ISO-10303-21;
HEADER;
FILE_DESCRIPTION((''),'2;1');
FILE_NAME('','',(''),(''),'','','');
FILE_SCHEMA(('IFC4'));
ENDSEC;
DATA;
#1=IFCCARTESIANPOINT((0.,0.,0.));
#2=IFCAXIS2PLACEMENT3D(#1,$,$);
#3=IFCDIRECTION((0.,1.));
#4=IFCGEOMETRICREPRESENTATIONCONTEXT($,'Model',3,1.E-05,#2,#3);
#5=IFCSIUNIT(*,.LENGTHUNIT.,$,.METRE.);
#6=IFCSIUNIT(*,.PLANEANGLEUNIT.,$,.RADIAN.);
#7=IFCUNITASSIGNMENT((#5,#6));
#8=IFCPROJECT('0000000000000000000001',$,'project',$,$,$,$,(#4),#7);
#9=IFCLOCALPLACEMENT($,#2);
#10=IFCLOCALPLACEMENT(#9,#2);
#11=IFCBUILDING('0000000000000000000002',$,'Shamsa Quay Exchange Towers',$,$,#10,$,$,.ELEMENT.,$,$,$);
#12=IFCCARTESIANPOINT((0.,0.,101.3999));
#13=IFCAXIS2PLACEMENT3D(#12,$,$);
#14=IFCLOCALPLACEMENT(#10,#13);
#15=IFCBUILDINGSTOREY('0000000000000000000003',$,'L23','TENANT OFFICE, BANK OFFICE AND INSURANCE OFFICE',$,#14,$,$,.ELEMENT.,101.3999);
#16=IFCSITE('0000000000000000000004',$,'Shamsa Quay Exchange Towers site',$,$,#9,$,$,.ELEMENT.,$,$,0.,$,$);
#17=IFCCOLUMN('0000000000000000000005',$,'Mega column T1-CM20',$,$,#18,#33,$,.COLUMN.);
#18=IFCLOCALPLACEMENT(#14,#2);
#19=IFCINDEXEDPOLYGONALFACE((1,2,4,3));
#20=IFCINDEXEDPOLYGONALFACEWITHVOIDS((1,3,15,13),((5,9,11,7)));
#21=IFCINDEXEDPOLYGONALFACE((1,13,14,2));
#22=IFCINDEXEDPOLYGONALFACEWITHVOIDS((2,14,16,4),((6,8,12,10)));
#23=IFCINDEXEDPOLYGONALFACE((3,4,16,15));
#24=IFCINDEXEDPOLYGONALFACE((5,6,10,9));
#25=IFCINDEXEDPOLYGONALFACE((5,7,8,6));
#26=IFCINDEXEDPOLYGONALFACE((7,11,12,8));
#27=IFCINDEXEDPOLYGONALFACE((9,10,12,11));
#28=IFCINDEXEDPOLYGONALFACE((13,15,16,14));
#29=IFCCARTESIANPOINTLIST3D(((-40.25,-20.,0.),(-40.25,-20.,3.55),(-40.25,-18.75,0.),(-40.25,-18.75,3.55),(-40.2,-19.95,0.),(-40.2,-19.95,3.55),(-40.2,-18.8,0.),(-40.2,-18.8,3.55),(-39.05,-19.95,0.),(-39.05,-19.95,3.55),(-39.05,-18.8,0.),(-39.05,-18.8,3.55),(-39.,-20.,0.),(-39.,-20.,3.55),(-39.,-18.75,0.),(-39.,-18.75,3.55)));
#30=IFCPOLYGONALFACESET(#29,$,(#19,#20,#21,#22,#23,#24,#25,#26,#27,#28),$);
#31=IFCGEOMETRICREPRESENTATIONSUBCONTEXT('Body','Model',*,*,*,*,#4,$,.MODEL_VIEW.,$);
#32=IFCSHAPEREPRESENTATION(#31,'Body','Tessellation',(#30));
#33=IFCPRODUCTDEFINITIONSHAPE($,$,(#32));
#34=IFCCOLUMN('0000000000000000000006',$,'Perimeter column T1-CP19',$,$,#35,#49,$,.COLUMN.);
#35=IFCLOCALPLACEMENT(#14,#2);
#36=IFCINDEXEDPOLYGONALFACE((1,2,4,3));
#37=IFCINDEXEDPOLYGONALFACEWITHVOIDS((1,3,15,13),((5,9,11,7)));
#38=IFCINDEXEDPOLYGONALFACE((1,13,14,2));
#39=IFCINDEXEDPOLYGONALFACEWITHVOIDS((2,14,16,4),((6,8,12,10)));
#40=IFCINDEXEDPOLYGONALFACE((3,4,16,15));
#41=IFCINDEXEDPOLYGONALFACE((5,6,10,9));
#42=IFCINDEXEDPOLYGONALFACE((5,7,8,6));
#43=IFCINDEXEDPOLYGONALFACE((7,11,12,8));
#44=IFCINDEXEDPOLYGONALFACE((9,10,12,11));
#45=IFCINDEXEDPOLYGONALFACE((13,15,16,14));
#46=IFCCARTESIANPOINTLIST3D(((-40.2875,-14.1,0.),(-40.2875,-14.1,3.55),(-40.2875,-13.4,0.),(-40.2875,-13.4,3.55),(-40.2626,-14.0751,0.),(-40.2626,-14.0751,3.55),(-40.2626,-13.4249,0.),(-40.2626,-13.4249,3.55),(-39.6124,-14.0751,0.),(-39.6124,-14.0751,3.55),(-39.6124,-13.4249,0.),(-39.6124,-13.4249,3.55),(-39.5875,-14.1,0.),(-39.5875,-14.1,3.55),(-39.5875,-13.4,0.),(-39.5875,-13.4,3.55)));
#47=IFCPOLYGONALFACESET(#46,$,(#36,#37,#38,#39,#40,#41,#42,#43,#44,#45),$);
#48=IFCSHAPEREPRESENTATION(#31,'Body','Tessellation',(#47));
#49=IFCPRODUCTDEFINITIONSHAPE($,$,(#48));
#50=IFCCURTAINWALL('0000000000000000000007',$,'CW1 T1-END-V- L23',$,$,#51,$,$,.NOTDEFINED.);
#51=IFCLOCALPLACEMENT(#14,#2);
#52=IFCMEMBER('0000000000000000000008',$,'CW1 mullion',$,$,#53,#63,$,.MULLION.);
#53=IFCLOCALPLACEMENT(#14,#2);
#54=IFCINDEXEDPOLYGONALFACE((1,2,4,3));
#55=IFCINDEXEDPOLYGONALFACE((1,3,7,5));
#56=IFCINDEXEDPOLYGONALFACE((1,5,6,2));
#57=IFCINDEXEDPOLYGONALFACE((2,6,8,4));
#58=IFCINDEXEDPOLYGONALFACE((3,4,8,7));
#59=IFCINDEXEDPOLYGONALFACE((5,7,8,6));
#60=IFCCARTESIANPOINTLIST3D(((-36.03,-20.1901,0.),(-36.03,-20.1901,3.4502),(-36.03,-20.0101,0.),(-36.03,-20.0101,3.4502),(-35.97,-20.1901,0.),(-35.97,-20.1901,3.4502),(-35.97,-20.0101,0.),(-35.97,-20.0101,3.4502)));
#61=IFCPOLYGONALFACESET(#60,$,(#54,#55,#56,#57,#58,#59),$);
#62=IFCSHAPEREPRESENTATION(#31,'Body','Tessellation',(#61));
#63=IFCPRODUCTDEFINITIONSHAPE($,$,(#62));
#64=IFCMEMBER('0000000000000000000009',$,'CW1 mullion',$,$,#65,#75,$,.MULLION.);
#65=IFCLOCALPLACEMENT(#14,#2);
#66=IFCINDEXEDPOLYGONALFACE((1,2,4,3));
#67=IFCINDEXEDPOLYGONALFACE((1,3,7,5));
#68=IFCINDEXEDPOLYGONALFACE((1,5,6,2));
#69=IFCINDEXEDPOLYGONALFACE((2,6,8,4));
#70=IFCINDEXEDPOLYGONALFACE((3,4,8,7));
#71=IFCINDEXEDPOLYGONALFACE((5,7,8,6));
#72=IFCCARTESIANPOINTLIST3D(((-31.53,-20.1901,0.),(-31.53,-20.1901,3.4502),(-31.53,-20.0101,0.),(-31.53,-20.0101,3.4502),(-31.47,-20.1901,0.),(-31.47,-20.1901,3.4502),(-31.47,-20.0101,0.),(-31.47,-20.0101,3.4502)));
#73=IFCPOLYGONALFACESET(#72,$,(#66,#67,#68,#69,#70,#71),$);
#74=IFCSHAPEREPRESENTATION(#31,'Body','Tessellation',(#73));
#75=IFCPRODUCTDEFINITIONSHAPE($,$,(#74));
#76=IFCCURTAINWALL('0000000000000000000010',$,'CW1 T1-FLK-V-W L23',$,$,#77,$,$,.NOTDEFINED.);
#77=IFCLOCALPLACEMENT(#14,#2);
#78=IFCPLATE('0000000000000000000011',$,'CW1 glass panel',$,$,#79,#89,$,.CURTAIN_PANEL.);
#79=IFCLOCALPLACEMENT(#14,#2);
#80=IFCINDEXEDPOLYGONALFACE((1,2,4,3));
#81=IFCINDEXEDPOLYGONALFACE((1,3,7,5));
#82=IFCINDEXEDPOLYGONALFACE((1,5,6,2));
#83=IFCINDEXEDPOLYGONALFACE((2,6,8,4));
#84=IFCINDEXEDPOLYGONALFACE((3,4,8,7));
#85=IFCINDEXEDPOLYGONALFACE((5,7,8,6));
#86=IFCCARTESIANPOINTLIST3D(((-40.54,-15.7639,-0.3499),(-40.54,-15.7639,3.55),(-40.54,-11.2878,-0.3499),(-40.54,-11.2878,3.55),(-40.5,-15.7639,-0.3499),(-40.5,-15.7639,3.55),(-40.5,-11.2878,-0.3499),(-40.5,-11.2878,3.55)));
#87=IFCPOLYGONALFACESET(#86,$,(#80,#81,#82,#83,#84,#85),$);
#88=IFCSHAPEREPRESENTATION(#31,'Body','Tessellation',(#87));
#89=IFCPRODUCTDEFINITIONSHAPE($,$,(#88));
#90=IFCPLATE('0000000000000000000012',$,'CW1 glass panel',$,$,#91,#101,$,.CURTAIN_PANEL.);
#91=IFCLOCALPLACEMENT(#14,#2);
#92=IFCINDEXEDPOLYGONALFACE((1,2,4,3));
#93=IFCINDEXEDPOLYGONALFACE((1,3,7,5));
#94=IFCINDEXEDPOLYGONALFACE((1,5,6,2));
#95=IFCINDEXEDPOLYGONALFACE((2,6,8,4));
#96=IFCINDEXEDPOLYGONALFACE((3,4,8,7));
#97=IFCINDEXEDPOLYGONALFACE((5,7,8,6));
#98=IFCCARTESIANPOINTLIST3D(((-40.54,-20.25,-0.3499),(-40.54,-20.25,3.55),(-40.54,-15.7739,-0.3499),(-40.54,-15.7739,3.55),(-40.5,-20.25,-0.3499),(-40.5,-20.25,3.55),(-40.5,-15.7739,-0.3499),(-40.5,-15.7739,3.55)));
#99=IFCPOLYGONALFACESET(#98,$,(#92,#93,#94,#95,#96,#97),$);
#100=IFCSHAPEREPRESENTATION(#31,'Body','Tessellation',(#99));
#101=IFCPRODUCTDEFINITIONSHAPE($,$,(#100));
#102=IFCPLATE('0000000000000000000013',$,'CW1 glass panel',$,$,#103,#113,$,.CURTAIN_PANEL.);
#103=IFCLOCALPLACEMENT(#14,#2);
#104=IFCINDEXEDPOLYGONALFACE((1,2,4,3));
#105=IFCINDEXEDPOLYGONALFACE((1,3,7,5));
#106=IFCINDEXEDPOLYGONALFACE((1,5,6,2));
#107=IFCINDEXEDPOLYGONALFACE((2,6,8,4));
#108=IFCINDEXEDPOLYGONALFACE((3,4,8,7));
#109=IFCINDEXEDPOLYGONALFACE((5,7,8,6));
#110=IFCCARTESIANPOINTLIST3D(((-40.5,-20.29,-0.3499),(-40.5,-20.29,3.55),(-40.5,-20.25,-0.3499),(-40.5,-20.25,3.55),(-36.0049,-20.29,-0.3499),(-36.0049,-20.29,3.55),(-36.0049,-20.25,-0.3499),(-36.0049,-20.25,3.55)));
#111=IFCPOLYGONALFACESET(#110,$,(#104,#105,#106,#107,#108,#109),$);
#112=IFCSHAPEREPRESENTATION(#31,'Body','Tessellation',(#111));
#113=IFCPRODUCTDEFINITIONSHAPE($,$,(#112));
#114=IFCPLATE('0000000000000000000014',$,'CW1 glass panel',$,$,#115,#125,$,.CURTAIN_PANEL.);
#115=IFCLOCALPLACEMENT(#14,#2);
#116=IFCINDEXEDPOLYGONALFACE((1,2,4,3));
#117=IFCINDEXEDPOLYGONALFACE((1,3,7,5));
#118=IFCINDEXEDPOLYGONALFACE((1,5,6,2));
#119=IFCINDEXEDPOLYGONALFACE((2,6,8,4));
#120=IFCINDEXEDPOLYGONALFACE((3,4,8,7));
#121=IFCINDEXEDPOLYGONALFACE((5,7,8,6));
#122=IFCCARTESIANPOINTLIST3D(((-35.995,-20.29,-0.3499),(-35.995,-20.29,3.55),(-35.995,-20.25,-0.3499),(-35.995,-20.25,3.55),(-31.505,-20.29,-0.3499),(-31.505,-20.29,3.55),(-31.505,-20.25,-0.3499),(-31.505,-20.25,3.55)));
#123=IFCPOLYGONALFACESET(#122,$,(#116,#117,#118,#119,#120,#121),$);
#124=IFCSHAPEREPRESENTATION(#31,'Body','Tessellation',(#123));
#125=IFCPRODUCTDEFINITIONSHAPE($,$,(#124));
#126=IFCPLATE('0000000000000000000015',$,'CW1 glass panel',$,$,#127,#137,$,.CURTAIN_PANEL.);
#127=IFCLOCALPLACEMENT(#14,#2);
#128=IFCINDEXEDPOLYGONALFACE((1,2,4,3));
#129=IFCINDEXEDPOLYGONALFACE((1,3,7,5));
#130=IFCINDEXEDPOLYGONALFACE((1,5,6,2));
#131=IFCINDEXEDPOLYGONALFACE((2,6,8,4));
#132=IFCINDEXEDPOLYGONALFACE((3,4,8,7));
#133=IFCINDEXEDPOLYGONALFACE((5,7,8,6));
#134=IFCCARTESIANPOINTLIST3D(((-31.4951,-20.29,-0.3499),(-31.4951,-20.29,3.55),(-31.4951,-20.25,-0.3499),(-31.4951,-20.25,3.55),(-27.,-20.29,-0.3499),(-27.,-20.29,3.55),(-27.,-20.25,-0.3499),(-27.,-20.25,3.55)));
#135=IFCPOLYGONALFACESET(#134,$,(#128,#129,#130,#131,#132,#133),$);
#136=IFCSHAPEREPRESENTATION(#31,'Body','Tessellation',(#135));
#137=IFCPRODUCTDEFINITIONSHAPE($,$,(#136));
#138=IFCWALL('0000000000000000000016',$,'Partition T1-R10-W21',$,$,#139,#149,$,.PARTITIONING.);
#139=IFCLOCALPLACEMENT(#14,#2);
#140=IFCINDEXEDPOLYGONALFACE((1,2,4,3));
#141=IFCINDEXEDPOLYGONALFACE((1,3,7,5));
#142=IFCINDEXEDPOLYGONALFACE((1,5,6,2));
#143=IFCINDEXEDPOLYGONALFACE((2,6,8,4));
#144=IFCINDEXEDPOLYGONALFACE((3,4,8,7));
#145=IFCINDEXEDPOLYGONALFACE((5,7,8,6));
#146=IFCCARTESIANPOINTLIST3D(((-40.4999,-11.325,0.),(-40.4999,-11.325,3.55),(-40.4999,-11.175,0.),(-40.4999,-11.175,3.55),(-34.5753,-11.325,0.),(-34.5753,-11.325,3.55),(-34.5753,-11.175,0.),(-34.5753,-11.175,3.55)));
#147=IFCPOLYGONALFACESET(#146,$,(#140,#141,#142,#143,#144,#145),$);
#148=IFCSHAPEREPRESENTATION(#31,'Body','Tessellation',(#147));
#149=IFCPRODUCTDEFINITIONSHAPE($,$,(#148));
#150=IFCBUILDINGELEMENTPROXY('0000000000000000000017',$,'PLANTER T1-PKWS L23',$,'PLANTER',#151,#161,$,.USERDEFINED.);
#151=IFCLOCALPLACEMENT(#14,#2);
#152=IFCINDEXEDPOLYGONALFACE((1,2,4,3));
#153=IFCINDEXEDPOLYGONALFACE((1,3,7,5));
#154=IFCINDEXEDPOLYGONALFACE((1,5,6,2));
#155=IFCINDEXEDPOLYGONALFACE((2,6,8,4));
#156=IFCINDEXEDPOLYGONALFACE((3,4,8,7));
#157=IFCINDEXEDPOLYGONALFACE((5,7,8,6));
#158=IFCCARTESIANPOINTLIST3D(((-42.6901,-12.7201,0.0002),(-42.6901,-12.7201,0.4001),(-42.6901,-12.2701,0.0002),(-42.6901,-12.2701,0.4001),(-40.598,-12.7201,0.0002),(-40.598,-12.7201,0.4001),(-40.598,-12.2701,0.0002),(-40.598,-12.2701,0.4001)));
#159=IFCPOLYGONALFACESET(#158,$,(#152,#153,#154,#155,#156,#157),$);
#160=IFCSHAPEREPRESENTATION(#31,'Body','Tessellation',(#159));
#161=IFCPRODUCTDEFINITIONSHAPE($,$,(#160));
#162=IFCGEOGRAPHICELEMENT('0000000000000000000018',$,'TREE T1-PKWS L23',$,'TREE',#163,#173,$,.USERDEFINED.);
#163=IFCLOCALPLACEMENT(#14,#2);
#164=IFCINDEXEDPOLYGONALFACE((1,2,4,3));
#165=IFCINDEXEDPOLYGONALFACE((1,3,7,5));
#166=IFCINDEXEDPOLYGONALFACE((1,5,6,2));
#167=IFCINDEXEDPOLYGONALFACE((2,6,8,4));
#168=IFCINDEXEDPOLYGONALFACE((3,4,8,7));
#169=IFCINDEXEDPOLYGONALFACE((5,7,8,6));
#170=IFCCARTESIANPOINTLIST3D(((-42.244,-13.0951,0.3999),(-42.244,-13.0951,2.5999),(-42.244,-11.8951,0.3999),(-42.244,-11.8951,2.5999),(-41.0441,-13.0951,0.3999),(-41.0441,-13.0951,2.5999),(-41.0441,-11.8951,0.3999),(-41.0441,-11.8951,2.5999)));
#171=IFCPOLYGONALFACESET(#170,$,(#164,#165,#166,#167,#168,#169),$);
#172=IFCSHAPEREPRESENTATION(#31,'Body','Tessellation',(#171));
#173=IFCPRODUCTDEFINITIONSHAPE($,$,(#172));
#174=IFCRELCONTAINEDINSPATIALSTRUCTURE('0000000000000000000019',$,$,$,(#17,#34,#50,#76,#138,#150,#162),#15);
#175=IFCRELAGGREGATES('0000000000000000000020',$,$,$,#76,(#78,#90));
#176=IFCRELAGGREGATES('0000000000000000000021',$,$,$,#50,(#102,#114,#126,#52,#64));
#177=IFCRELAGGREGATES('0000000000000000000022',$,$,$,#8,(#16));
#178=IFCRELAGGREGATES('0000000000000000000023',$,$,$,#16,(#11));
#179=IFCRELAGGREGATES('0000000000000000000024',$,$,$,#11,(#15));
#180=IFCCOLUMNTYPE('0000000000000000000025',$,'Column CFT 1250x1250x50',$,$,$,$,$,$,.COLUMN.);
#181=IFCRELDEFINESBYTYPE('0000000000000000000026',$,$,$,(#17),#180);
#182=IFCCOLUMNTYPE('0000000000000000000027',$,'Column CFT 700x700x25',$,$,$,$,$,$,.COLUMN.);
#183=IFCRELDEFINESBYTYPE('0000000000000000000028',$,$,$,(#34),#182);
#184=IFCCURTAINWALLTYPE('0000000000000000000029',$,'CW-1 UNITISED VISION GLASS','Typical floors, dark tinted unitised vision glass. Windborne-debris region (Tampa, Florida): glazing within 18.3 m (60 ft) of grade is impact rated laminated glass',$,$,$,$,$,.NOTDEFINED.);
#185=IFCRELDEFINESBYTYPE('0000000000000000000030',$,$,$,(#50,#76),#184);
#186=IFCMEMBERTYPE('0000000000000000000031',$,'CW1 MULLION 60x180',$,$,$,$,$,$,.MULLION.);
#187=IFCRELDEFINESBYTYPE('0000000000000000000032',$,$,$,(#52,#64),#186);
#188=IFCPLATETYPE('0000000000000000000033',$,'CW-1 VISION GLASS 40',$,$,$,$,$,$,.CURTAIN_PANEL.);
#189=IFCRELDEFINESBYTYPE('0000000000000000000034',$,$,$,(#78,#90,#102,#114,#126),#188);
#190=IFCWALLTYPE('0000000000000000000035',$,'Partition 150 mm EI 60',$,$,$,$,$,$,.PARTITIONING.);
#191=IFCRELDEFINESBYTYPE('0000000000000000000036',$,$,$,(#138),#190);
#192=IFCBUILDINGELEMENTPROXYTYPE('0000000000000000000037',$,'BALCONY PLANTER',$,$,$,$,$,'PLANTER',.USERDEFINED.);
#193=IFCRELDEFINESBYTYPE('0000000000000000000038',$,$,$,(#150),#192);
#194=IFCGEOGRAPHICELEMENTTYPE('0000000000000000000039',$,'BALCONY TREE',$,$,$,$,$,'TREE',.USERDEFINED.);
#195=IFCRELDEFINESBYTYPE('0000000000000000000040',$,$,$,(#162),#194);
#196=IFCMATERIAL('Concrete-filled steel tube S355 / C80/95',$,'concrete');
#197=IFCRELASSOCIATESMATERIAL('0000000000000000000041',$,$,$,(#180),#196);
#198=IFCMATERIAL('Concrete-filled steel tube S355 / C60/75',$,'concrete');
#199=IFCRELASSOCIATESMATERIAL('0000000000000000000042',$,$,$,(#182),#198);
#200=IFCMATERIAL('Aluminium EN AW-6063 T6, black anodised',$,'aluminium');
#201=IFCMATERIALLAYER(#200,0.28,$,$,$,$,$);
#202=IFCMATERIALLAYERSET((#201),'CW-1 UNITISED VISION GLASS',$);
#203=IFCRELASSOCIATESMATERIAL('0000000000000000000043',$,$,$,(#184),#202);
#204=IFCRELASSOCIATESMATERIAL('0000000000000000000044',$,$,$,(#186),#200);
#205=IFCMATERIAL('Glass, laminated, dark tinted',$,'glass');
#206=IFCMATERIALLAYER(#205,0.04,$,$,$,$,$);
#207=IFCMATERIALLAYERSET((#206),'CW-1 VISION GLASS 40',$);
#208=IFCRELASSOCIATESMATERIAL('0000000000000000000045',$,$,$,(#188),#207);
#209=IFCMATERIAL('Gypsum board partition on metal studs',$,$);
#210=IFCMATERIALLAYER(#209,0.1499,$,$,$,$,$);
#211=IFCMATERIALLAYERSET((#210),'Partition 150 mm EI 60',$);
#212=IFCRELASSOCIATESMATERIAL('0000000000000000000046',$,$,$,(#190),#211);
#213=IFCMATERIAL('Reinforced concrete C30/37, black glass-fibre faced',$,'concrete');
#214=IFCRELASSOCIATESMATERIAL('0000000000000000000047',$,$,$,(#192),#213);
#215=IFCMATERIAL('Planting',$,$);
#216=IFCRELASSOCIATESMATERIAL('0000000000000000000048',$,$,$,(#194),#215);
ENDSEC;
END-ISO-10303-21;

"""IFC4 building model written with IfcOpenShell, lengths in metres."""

from ifc_helpers import new_model, si_unit, direction, frame, frame_2d, origin, origin_2d, place, context, subcontext, project, spatial, rectangle, hollow_rectangle, extrude, material, layer, layer_set, material_profile, profile_set, type_object, element, aggregate, save


model = new_model("IFC4")

# Units and contexts
model_context = context("Model", 3, precision=1e-05, world=origin(), true_north=direction((0.0, 1.0)))
body_context = subcontext(model_context, "Body", "Model", "MODEL_VIEW")
ifc_project = project(units=[si_unit("LENGTHUNIT", "METRE"), si_unit("PLANEANGLEUNIT", "RADIAN")], contexts=[model_context])

# Site, building, storey
site_placement = place(None, origin())
site = spatial("IfcSite", under=ifc_project, at=site_placement, Name="Shamsa Quay Exchange Towers site", CompositionType="ELEMENT", RefElevation=0.0)
building_placement = place(site_placement, origin())
building = spatial("IfcBuilding", under=site, at=building_placement, Name="Shamsa Quay Exchange Towers", CompositionType="ELEMENT")
storey_placement = place(building_placement, frame((0.0, 0.0, 101.3999)))
storey = spatial("IfcBuildingStorey", under=building, at=storey_placement, Name="L23", Description="TENANT OFFICE, BANK OFFICE AND INSURANCE OFFICE", CompositionType="ELEMENT", Elevation=101.3999)

# Columns
ifc_material_1 = material(Name="Concrete-filled steel tube S355 / C80/95", Category="concrete")
ifc_material_profile_1 = material_profile(ifc_material_1, hollow_rectangle(XDim=1.25, YDim=1.25, WallThickness=0.05, at=origin_2d()), Name="CFT 1250x1250x50")
ifc_profile_set_1 = profile_set([ifc_material_profile_1], Name="Concrete-filled steel tube S355 / C80/95")
column_type_1 = type_object("IfcColumnType", Name="Column CFT 1250x1250x50", PredefinedType="COLUMN", material=ifc_profile_set_1)
column_1_placement = place(storey_placement, frame((-39.625, -19.375, 0.0)))
element("IfcColumn", 1, at=column_1_placement, inside=storey, type_object=column_type_1, Name="Mega column T1-CM20", PredefinedType="COLUMN", context=body_context, shape_type="SweptSolid", body=[
    extrude(hollow_rectangle(XDim=1.25, YDim=1.25, WallThickness=0.05, at=origin_2d()), origin(), (0.0, 0.0, 1.0), 3.55),
])
ifc_material_2 = material(Name="Concrete-filled steel tube S355 / C60/75", Category="concrete")
ifc_material_profile_2 = material_profile(ifc_material_2, hollow_rectangle(XDim=0.7, YDim=0.7, WallThickness=0.0249, at=origin_2d()), Name="CFT 700x700x25")
ifc_profile_set_2 = profile_set([ifc_material_profile_2], Name="Concrete-filled steel tube S355 / C60/75")
column_type_2 = type_object("IfcColumnType", Name="Column CFT 700x700x25", PredefinedType="COLUMN", material=ifc_profile_set_2)
column_2_placement = place(storey_placement, frame((-39.9375, -13.75, 0.0)))
element("IfcColumn", 2, at=column_2_placement, inside=storey, type_object=column_type_2, Name="Perimeter column T1-CP19", PredefinedType="COLUMN", context=body_context, shape_type="SweptSolid", body=[
    extrude(hollow_rectangle(XDim=0.7, YDim=0.7, WallThickness=0.0249, at=origin_2d()), origin(), (0.0, 0.0, 1.0), 3.55),
])

# Curtain wall, members
ifc_material_3 = material(Name="Aluminium EN AW-6063 T6, black anodised", Category="aluminium")
ifc_layer_1 = layer(ifc_material_3, 0.28)
ifc_layer_set_1 = layer_set([ifc_layer_1], Name="CW-1 UNITISED VISION GLASS")
curtain_wall_type = type_object("IfcCurtainWallType", Name="CW-1 UNITISED VISION GLASS", Description="Typical floors, dark tinted unitised vision glass. Windborne-debris region (Tampa, Florida): glazing within 18.3 m (60 ft) of grade is impact rated laminated glass", PredefinedType="NOTDEFINED", material=ifc_layer_set_1)
curtain_wall_1_placement = place(storey_placement, origin())
curtain_wall_1 = element("IfcCurtainWall", 3, at=curtain_wall_1_placement, inside=storey, type_object=curtain_wall_type, Name="CW1 T1-END-V- L23", PredefinedType="NOTDEFINED")
ifc_material_profile_3 = material_profile(ifc_material_3, rectangle(XDim=0.1799, YDim=0.0601, at=origin_2d()), Name="MU60x180")
ifc_profile_set_3 = profile_set([ifc_material_profile_3], Name="Aluminium EN AW-6063 T6, black anodised")
member_type = type_object("IfcMemberType", Name="CW1 MULLION 60x180", PredefinedType="MULLION", material=ifc_profile_set_3)
member_1_placement = place(storey_placement, frame((-36.0, -20.1001, 0.0), z_axis=(0.0, 0.0, 1.0), x_axis=(0.0, 1.0, 0.0)))
member_1 = element("IfcMember", 4, at=member_1_placement, type_object=member_type, Name="CW1 mullion", PredefinedType="MULLION", context=body_context, shape_type="SweptSolid", body=[
    extrude(rectangle(XDim=0.1799, YDim=0.0601, at=origin_2d()), origin(), (0.0, 0.0, 1.0), 3.4502),
])
member_2_placement = place(storey_placement, frame((-31.5, -20.1001, 0.0), z_axis=(0.0, 0.0, 1.0), x_axis=(0.0, 1.0, 0.0)))
member_2 = element("IfcMember", 5, at=member_2_placement, type_object=member_type, Name="CW1 mullion", PredefinedType="MULLION", context=body_context, shape_type="SweptSolid", body=[
    extrude(rectangle(XDim=0.1799, YDim=0.0601, at=origin_2d()), origin(), (0.0, 0.0, 1.0), 3.4502),
])

# Curtain wall, plates
curtain_wall_2_placement = place(storey_placement, origin())
curtain_wall_2 = element("IfcCurtainWall", 6, at=curtain_wall_2_placement, inside=storey, type_object=curtain_wall_type, Name="CW1 T1-FLK-V-W L23", PredefinedType="NOTDEFINED")
ifc_material_4 = material(Name="Glass, laminated, dark tinted", Category="glass")
ifc_layer_2 = layer(ifc_material_4, 0.04)
ifc_layer_set_2 = layer_set([ifc_layer_2], Name="CW-1 VISION GLASS 40")
plate_type = type_object("IfcPlateType", Name="CW-1 VISION GLASS 40", PredefinedType="CURTAIN_PANEL", material=ifc_layer_set_2)
plate_1_placement = place(storey_placement, frame((-40.52, -13.5259, -0.3499), z_axis=(0.0, 0.0, 1.0), x_axis=(0.0, -1.0, 0.0)))
plate_1 = element("IfcPlate", 7, at=plate_1_placement, type_object=plate_type, Name="CW1 glass panel", PredefinedType="CURTAIN_PANEL", context=body_context, shape_type="SweptSolid", body=[
    extrude(rectangle(XDim=4.4761, YDim=0.04, at=origin_2d()), origin(), (0.0, 0.0, 1.0), 3.8999),
])
plate_2_placement = place(storey_placement, frame((-40.52, -18.012, -0.3499), z_axis=(0.0, 0.0, 1.0), x_axis=(0.0, -1.0, 0.0)))
plate_2 = element("IfcPlate", 8, at=plate_2_placement, type_object=plate_type, Name="CW1 glass panel", PredefinedType="CURTAIN_PANEL", context=body_context, shape_type="SweptSolid", body=[
    extrude(rectangle(XDim=4.4761, YDim=0.04, at=origin_2d()), origin(), (0.0, 0.0, 1.0), 3.8999),
])
aggregate(curtain_wall_2, [plate_1, plate_2])

# Plates
plate_3_placement = place(storey_placement, frame((-38.2524, -20.27, -0.3499)))
plate_3 = element("IfcPlate", 9, at=plate_3_placement, type_object=plate_type, Name="CW1 glass panel", PredefinedType="CURTAIN_PANEL", context=body_context, shape_type="SweptSolid", body=[
    extrude(rectangle(XDim=4.4951, YDim=0.04, at=origin_2d()), origin(), (0.0, 0.0, 1.0), 3.8999),
])
plate_4_placement = place(storey_placement, frame((-33.75, -20.27, -0.3499)))
plate_4 = element("IfcPlate", 10, at=plate_4_placement, type_object=plate_type, Name="CW1 glass panel", PredefinedType="CURTAIN_PANEL", context=body_context, shape_type="SweptSolid", body=[
    extrude(rectangle(XDim=4.49, YDim=0.04, at=origin_2d()), origin(), (0.0, 0.0, 1.0), 3.8999),
])
plate_5_placement = place(storey_placement, frame((-29.2476, -20.27, -0.3499)))
plate_5 = element("IfcPlate", 11, at=plate_5_placement, type_object=plate_type, Name="CW1 glass panel", PredefinedType="CURTAIN_PANEL", context=body_context, shape_type="SweptSolid", body=[
    extrude(rectangle(XDim=4.4951, YDim=0.04, at=origin_2d()), origin(), (0.0, 0.0, 1.0), 3.8999),
])
aggregate(curtain_wall_1, [plate_3, plate_4, plate_5, member_1, member_2])

# Wall
ifc_material_5 = material(Name="Gypsum board partition on metal studs")
ifc_layer_3 = layer(ifc_material_5, 0.1499)
ifc_layer_set_3 = layer_set([ifc_layer_3], Name="Partition 150 mm EI 60")
wall_type = type_object("IfcWallType", Name="Partition 150 mm EI 60", PredefinedType="PARTITIONING", material=ifc_layer_set_3)
wall_placement = place(storey_placement, frame((-40.5, -11.25, 0.0)))
element("IfcWall", 12, at=wall_placement, inside=storey, type_object=wall_type, Name="Partition T1-R10-W21", PredefinedType="PARTITIONING", context=body_context, shape_type="SweptSolid", body=[
    extrude(rectangle(XDim=5.9246, YDim=0.1499, at=frame_2d((2.9624, 0.0))), origin(), (0.0, 0.0, 1.0), 3.55),
])

# Building element proxy
ifc_material_6 = material(Name="Reinforced concrete C30/37, black glass-fibre faced", Category="concrete")
building_element_proxy_type = type_object("IfcBuildingElementProxyType", Name="BALCONY PLANTER", ElementType="PLANTER", PredefinedType="USERDEFINED", material=ifc_material_6)
proxy_placement = place(storey_placement, frame((-41.644, -12.4951, 0.0002)))
element("IfcBuildingElementProxy", 13, at=proxy_placement, inside=storey, type_object=building_element_proxy_type, Name="PLANTER T1-PKWS L23", ObjectType="PLANTER", PredefinedType="USERDEFINED", context=body_context, shape_type="SweptSolid", body=[
    extrude(rectangle(XDim=2.092, YDim=0.45, at=origin_2d()), origin(), (0.0, 0.0, 1.0), 0.3999),
])

# Geographic element
ifc_material_7 = material(Name="Planting")
geographic_element_type = type_object("IfcGeographicElementType", Name="BALCONY TREE", ElementType="TREE", PredefinedType="USERDEFINED", material=ifc_material_7)
geographic_element_placement = place(storey_placement, frame((-41.644, -12.4951, 0.3999)))
element("IfcGeographicElement", 14, at=geographic_element_placement, inside=storey, type_object=geographic_element_type, Name="TREE T1-PKWS L23", ObjectType="TREE", PredefinedType="USERDEFINED", context=body_context, shape_type="SweptSolid", body=[
    extrude(rectangle(XDim=1.2, YDim=1.2, at=origin_2d()), origin(), (0.0, 0.0, 1.0), 2.2),
])

save(model, "model.ifc")
